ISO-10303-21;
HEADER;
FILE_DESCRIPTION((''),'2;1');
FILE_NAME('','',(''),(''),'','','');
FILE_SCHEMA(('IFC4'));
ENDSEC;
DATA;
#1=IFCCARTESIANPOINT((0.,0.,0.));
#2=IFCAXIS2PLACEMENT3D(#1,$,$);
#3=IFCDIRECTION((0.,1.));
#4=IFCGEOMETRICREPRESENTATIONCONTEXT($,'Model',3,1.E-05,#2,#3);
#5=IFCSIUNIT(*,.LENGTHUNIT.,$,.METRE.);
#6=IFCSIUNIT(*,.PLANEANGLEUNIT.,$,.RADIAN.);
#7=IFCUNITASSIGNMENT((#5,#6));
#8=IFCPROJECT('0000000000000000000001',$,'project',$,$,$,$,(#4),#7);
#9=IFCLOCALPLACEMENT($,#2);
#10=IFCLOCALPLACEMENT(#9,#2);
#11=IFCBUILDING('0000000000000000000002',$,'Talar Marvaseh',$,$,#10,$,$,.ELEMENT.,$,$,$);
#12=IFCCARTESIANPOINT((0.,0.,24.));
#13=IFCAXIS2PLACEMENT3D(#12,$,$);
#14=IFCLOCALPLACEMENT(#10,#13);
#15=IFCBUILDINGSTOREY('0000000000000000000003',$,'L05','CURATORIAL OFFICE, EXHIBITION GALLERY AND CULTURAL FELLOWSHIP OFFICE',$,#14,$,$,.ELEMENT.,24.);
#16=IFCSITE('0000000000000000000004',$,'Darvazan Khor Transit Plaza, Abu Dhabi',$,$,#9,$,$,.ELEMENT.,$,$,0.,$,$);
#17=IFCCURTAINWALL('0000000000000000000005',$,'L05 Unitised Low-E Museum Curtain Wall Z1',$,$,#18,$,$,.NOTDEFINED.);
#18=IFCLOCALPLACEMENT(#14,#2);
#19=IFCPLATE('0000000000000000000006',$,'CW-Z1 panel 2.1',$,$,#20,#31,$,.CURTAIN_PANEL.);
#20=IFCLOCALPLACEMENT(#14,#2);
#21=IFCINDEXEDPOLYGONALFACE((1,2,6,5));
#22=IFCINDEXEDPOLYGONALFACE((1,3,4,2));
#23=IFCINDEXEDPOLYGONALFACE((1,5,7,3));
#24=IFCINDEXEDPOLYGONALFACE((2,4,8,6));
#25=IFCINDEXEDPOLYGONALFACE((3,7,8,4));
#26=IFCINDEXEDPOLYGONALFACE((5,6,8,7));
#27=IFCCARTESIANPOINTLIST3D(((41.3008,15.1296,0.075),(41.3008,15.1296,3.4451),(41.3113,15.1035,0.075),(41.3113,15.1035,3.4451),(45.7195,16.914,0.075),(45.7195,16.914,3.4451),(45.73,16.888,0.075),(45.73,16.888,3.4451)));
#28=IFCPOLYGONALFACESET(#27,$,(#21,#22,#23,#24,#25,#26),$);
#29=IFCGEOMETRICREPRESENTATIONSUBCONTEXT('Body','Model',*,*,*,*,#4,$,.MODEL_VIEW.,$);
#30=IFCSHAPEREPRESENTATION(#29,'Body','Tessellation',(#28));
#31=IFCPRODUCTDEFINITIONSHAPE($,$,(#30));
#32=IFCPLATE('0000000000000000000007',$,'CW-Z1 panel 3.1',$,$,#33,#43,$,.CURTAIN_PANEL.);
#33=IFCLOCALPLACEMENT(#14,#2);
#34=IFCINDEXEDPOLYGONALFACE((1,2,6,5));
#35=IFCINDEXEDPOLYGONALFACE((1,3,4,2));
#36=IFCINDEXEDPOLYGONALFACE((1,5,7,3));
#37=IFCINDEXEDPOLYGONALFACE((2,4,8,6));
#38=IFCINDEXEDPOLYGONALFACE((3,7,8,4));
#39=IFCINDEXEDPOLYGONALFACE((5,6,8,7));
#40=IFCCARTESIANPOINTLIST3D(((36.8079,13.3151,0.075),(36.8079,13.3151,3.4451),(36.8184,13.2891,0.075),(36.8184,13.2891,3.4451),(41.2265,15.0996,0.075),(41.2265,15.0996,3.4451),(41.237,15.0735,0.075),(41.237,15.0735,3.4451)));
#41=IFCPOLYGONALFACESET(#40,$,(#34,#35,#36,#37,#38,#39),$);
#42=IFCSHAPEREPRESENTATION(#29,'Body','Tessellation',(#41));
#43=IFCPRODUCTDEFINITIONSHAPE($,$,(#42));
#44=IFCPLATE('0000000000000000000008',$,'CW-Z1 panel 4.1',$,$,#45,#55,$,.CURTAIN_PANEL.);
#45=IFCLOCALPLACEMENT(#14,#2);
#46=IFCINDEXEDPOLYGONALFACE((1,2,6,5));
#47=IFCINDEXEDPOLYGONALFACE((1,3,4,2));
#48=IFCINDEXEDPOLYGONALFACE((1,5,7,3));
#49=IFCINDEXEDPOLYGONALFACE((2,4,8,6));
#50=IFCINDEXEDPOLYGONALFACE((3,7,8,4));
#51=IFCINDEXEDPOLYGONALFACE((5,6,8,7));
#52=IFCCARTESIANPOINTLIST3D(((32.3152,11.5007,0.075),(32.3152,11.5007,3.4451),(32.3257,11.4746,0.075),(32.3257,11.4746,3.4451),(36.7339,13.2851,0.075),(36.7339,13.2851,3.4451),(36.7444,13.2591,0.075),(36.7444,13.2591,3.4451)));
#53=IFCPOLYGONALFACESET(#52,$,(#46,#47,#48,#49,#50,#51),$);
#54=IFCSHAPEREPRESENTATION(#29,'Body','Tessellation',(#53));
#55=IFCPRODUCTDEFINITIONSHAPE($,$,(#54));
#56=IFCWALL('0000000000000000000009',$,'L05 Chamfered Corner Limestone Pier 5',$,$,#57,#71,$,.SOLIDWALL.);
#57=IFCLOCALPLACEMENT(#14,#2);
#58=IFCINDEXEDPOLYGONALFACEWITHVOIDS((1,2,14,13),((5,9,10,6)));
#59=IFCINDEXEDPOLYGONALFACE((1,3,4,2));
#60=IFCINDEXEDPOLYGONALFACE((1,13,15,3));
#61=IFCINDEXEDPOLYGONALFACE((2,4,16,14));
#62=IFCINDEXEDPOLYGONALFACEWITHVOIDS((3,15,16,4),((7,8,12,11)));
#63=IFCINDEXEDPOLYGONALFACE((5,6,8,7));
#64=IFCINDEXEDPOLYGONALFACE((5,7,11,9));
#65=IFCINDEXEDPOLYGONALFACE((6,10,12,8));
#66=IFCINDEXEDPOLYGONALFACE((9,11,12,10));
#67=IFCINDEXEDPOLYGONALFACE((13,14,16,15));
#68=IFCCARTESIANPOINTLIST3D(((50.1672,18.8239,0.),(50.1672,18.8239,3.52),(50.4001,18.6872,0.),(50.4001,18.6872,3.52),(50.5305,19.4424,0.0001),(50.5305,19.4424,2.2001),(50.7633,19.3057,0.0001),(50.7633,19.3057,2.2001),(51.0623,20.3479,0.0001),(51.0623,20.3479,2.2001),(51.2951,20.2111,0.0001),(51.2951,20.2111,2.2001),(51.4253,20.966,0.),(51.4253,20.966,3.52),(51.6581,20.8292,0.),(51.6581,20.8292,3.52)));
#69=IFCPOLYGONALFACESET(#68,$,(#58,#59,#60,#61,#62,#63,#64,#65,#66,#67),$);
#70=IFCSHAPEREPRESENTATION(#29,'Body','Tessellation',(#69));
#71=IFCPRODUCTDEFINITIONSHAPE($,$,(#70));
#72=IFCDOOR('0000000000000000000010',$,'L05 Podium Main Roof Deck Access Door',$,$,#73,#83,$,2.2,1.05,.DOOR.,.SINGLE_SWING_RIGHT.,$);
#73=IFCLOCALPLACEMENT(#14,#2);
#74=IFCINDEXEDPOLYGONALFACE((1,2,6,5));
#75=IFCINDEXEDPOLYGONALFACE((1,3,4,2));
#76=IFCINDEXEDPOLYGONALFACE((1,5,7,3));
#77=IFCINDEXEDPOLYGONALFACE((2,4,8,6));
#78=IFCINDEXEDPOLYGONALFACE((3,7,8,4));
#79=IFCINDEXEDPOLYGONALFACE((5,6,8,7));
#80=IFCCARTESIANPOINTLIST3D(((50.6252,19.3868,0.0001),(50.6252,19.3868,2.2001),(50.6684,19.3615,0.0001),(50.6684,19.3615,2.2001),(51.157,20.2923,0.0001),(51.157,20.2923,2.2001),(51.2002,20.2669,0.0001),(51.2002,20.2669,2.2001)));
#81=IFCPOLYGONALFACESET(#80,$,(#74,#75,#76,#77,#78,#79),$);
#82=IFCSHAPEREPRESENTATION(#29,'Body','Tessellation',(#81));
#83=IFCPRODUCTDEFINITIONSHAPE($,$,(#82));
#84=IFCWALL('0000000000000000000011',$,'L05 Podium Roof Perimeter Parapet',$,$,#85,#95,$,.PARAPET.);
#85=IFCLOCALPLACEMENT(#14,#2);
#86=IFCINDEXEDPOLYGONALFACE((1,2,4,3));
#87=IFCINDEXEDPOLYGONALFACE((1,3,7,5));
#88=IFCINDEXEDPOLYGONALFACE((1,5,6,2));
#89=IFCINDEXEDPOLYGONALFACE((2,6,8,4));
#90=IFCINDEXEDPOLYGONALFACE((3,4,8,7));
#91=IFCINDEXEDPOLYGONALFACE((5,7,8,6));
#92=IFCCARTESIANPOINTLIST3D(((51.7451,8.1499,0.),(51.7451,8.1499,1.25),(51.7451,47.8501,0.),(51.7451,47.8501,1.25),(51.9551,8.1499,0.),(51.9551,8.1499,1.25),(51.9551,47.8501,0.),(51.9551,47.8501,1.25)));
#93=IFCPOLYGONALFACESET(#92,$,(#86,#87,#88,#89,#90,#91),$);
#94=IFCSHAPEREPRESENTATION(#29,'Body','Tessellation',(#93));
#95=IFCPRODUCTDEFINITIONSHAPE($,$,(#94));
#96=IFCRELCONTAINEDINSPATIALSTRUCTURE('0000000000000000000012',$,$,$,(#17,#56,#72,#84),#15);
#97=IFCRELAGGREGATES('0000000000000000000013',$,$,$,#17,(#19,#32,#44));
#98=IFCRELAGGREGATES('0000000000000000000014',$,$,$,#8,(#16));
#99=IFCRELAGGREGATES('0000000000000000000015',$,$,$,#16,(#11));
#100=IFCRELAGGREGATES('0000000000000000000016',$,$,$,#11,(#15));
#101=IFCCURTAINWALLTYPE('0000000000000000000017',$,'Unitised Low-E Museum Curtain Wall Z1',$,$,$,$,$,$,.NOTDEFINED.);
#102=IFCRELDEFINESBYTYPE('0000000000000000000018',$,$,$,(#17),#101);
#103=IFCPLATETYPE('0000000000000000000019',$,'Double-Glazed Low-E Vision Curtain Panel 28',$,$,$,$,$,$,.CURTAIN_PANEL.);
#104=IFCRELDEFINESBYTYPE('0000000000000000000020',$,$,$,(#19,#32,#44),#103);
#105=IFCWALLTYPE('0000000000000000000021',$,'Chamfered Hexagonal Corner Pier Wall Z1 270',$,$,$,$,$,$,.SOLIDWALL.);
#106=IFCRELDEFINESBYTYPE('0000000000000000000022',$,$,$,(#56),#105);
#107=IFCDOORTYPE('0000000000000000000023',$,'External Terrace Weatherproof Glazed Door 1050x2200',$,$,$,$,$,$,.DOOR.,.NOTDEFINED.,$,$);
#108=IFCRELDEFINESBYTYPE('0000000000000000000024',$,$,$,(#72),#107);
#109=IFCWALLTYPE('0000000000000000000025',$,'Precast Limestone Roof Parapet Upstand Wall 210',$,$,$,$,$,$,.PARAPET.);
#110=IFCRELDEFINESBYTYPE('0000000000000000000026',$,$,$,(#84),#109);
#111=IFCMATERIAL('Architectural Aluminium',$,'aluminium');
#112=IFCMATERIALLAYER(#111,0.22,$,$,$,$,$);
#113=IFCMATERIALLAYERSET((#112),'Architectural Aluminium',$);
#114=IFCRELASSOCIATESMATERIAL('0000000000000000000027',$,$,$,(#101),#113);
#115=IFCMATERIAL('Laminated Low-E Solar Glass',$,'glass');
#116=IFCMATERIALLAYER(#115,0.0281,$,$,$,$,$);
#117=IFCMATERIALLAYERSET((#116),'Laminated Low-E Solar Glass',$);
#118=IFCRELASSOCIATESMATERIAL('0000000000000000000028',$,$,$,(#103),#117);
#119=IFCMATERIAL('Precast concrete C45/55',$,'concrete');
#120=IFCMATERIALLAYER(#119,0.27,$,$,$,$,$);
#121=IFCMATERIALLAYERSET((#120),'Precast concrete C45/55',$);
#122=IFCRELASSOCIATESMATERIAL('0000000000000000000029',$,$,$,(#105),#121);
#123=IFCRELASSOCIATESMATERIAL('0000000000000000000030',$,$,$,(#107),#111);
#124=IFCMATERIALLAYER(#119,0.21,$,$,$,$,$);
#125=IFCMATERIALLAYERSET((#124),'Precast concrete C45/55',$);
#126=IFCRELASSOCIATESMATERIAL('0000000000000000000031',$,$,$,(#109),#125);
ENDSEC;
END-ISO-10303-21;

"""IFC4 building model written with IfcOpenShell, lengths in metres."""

from ifc_helpers import new_model, si_unit, direction, frame, frame_2d, origin, origin_2d, place, context, subcontext, project, spatial, rectangle, extrude, source, transform, mapped, material, layer, layer_set, type_object, type_shapes, element, fill, aggregate, save


model = new_model("IFC4")

# Units and contexts
model_context = context("Model", 3, precision=1e-05, world=origin(), true_north=direction((0.0, 1.0)))
body_context = subcontext(model_context, "Body", "Model", "MODEL_VIEW")
ifc_project = project(units=[si_unit("LENGTHUNIT", "METRE"), si_unit("PLANEANGLEUNIT", "RADIAN")], contexts=[model_context])

# Site, building, storey
site_placement = place(None, origin())
site = spatial("IfcSite", under=ifc_project, at=site_placement, Name="Darvazan Khor Transit Plaza, Abu Dhabi", CompositionType="ELEMENT", RefElevation=0.0)
building_placement = place(site_placement, origin())
building = spatial("IfcBuilding", under=site, at=building_placement, Name="Talar Marvaseh", CompositionType="ELEMENT")
storey_placement = place(building_placement, frame((0.0, 0.0, 24.0)))
storey = spatial("IfcBuildingStorey", under=building, at=storey_placement, Name="L05", Description="CURATORIAL OFFICE, EXHIBITION GALLERY AND CULTURAL FELLOWSHIP OFFICE", CompositionType="ELEMENT", Elevation=24.0)

# Shared definitions
ifc_material_1 = material(Name="Architectural Aluminium", Category="aluminium")
ifc_layer_1 = layer(ifc_material_1, 0.22)
ifc_layer_set_1 = layer_set([ifc_layer_1], Name="Architectural Aluminium")
curtain_wall_type = type_object("IfcCurtainWallType", Name="Unitised Low-E Museum Curtain Wall Z1", PredefinedType="NOTDEFINED", material=ifc_layer_set_1)

# Curtain wall, plates
curtain_wall_1_placement = place(storey_placement, origin())
curtain_wall_1 = element("IfcCurtainWall", 1, at=curtain_wall_1_placement, inside=storey, type_object=curtain_wall_type, Name="L05 Unitised Low-E Museum Curtain Wall Z1", PredefinedType="NOTDEFINED")
ifc_material_2 = material(Name="Laminated Low-E Solar Glass", Category="glass")
ifc_layer_2 = layer(ifc_material_2, 0.0281)
ifc_layer_set_2 = layer_set([ifc_layer_2], Name="Laminated Low-E Solar Glass")
plate_type = type_object("IfcPlateType", Name="Double-Glazed Low-E Vision Curtain Panel 28", PredefinedType="CURTAIN_PANEL", material=ifc_layer_set_2)
shared_shape_1 = source(origin(), body_context, "Body", "SweptSolid", [
    extrude(rectangle(XDim=4.7654, YDim=0.0281, at=origin_2d()), origin(), (0.0, 0.0, 1.0), 3.3701),
])
plate_1_placement = place(storey_placement, frame((43.5154, 16.0088, 0.075), z_axis=(0.0, 0.0, 1.0), x_axis=(-0.927242, -0.374463, 0.0)))
plate_1 = element("IfcPlate", 2, at=plate_1_placement, type_object=plate_type, Name="CW-Z1 panel 2.1", PredefinedType="CURTAIN_PANEL", context=body_context, shape_type="MappedRepresentation", body=[
    mapped(shared_shape_1, transform((0.0, 0.0, 0.0), x_axis=(1.0, 0.0, 0.0), y_axis=(0.0, 1.0, 0.0), z_axis=(0.0, 0.0, 1.0), scale=1.0)),
])
plate_2_placement = place(storey_placement, frame((39.0225, 14.1943, 0.075), z_axis=(0.0, 0.0, 1.0), x_axis=(-0.927242, -0.374463, 0.0)))
plate_2 = element("IfcPlate", 3, at=plate_2_placement, type_object=plate_type, Name="CW-Z1 panel 3.1", PredefinedType="CURTAIN_PANEL", context=body_context, shape_type="MappedRepresentation", body=[
    mapped(shared_shape_1, transform((0.0, 0.0, 0.0), x_axis=(1.0, 0.0, 0.0), y_axis=(0.0, 1.0, 0.0), z_axis=(0.0, 0.0, 1.0), scale=1.0)),
])
plate_3_placement = place(storey_placement, frame((34.5298, 12.3799, 0.075), z_axis=(0.0, 0.0, 1.0), x_axis=(-0.927242, -0.374463, 0.0)))
plate_3 = element("IfcPlate", 4, at=plate_3_placement, type_object=plate_type, Name="CW-Z1 panel 4.1", PredefinedType="CURTAIN_PANEL", context=body_context, shape_type="MappedRepresentation", body=[
    mapped(shared_shape_1, transform((0.0, 0.0, 0.0), x_axis=(1.0, 0.0, 0.0), y_axis=(0.0, 1.0, 0.0), z_axis=(0.0, 0.0, 1.0), scale=1.0)),
])
aggregate(curtain_wall_1, [plate_1, plate_2, plate_3])

# Wall, opening, door
ifc_material_3 = material(Name="Precast concrete C45/55", Category="concrete")
ifc_layer_3 = layer(ifc_material_3, 0.27)
ifc_layer_set_3 = layer_set([ifc_layer_3], Name="Precast concrete C45/55")
wall_type_1 = type_object("IfcWallType", Name="Chamfered Hexagonal Corner Pier Wall Z1 270", PredefinedType="SOLIDWALL", material=ifc_layer_set_3)
wall_1_placement = place(storey_placement, frame((51.5417, 20.8977, 0.0), z_axis=(0.0, 0.0, 1.0), x_axis=(-0.506423, -0.862285, 0.0)))
wall_1 = element("IfcWall", 5, at=wall_1_placement, inside=storey, type_object=wall_type_1, Name="L05 Chamfered Corner Limestone Pier 5", PredefinedType="SOLIDWALL", context=body_context, shape_type="SweptSolid", body=[
    extrude(rectangle(XDim=2.4841, YDim=0.27, at=frame_2d((1.2422, 0.0))), origin(), (0.0, 0.0, 1.0), 3.52),
])
opening_placement = place(wall_1_placement, frame((0.717, 0.0, 0.0)))
opening = element("IfcOpeningElement", 6, at=opening_placement, cuts=wall_1, PredefinedType="OPENING", context=body_context, shape_type="SweptSolid", body=[
    extrude(rectangle(XDim=1.05, YDim=2.2, at=frame_2d((0.5249, 1.1001))), frame((0.0, 0.145, 0.0), z_axis=(0.0, -1.0, 0.0), x_axis=(1.0, 0.0, 0.0)), (0.0, 0.0, 1.0), 0.29),
])
door_type = type_object("IfcDoorType", Name="External Terrace Weatherproof Glazed Door 1050x2200", OperationType="NOTDEFINED", PredefinedType="DOOR", material=ifc_material_1)
shared_shape_2 = source(origin(), body_context, "Body", "SweptSolid", [
    extrude(rectangle(XDim=1.05, YDim=2.2, at=frame_2d((0.5249, 1.1001))), frame((0.0, 0.0249, 0.0), z_axis=(0.0, -1.0, 0.0), x_axis=(1.0, 0.0, 0.0)), (0.0, 0.0, 1.0), 0.05),
])
type_shapes(door_type, [shared_shape_2])
door_placement = place(opening_placement, origin())
door = element("IfcDoor", 7, at=door_placement, inside=storey, type_object=door_type, Name="L05 Podium Main Roof Deck Access Door", OperationType="SINGLE_SWING_RIGHT", OverallHeight=2.2, OverallWidth=1.05, PredefinedType="DOOR", context=body_context, shape_type="MappedRepresentation", body=[
    mapped(shared_shape_2, transform((0.0, 0.0, 0.0), x_axis=(1.0, 0.0, 0.0), y_axis=(0.0, 1.0, 0.0), z_axis=(0.0, 0.0, 1.0), scale=1.0)),
])
fill(opening, door)

# Wall
ifc_layer_4 = layer(ifc_material_3, 0.21)
ifc_layer_set_4 = layer_set([ifc_layer_4], Name="Precast concrete C45/55")
wall_type_2 = type_object("IfcWallType", Name="Precast Limestone Roof Parapet Upstand Wall 210", PredefinedType="PARAPET", material=ifc_layer_set_4)
wall_2_placement = place(storey_placement, frame((51.8501, 8.1499, 0.0), z_axis=(0.0, 0.0, 1.0), x_axis=(0.0, 1.0, 0.0)))
element("IfcWall", 8, at=wall_2_placement, inside=storey, type_object=wall_type_2, Name="L05 Podium Roof Perimeter Parapet", PredefinedType="PARAPET", context=body_context, shape_type="SweptSolid", body=[
    extrude(rectangle(XDim=39.7002, YDim=0.21, at=frame_2d((19.8501, 0.0))), origin(), (0.0, 0.0, 1.0), 1.25),
])

save(model, "model.ifc")
